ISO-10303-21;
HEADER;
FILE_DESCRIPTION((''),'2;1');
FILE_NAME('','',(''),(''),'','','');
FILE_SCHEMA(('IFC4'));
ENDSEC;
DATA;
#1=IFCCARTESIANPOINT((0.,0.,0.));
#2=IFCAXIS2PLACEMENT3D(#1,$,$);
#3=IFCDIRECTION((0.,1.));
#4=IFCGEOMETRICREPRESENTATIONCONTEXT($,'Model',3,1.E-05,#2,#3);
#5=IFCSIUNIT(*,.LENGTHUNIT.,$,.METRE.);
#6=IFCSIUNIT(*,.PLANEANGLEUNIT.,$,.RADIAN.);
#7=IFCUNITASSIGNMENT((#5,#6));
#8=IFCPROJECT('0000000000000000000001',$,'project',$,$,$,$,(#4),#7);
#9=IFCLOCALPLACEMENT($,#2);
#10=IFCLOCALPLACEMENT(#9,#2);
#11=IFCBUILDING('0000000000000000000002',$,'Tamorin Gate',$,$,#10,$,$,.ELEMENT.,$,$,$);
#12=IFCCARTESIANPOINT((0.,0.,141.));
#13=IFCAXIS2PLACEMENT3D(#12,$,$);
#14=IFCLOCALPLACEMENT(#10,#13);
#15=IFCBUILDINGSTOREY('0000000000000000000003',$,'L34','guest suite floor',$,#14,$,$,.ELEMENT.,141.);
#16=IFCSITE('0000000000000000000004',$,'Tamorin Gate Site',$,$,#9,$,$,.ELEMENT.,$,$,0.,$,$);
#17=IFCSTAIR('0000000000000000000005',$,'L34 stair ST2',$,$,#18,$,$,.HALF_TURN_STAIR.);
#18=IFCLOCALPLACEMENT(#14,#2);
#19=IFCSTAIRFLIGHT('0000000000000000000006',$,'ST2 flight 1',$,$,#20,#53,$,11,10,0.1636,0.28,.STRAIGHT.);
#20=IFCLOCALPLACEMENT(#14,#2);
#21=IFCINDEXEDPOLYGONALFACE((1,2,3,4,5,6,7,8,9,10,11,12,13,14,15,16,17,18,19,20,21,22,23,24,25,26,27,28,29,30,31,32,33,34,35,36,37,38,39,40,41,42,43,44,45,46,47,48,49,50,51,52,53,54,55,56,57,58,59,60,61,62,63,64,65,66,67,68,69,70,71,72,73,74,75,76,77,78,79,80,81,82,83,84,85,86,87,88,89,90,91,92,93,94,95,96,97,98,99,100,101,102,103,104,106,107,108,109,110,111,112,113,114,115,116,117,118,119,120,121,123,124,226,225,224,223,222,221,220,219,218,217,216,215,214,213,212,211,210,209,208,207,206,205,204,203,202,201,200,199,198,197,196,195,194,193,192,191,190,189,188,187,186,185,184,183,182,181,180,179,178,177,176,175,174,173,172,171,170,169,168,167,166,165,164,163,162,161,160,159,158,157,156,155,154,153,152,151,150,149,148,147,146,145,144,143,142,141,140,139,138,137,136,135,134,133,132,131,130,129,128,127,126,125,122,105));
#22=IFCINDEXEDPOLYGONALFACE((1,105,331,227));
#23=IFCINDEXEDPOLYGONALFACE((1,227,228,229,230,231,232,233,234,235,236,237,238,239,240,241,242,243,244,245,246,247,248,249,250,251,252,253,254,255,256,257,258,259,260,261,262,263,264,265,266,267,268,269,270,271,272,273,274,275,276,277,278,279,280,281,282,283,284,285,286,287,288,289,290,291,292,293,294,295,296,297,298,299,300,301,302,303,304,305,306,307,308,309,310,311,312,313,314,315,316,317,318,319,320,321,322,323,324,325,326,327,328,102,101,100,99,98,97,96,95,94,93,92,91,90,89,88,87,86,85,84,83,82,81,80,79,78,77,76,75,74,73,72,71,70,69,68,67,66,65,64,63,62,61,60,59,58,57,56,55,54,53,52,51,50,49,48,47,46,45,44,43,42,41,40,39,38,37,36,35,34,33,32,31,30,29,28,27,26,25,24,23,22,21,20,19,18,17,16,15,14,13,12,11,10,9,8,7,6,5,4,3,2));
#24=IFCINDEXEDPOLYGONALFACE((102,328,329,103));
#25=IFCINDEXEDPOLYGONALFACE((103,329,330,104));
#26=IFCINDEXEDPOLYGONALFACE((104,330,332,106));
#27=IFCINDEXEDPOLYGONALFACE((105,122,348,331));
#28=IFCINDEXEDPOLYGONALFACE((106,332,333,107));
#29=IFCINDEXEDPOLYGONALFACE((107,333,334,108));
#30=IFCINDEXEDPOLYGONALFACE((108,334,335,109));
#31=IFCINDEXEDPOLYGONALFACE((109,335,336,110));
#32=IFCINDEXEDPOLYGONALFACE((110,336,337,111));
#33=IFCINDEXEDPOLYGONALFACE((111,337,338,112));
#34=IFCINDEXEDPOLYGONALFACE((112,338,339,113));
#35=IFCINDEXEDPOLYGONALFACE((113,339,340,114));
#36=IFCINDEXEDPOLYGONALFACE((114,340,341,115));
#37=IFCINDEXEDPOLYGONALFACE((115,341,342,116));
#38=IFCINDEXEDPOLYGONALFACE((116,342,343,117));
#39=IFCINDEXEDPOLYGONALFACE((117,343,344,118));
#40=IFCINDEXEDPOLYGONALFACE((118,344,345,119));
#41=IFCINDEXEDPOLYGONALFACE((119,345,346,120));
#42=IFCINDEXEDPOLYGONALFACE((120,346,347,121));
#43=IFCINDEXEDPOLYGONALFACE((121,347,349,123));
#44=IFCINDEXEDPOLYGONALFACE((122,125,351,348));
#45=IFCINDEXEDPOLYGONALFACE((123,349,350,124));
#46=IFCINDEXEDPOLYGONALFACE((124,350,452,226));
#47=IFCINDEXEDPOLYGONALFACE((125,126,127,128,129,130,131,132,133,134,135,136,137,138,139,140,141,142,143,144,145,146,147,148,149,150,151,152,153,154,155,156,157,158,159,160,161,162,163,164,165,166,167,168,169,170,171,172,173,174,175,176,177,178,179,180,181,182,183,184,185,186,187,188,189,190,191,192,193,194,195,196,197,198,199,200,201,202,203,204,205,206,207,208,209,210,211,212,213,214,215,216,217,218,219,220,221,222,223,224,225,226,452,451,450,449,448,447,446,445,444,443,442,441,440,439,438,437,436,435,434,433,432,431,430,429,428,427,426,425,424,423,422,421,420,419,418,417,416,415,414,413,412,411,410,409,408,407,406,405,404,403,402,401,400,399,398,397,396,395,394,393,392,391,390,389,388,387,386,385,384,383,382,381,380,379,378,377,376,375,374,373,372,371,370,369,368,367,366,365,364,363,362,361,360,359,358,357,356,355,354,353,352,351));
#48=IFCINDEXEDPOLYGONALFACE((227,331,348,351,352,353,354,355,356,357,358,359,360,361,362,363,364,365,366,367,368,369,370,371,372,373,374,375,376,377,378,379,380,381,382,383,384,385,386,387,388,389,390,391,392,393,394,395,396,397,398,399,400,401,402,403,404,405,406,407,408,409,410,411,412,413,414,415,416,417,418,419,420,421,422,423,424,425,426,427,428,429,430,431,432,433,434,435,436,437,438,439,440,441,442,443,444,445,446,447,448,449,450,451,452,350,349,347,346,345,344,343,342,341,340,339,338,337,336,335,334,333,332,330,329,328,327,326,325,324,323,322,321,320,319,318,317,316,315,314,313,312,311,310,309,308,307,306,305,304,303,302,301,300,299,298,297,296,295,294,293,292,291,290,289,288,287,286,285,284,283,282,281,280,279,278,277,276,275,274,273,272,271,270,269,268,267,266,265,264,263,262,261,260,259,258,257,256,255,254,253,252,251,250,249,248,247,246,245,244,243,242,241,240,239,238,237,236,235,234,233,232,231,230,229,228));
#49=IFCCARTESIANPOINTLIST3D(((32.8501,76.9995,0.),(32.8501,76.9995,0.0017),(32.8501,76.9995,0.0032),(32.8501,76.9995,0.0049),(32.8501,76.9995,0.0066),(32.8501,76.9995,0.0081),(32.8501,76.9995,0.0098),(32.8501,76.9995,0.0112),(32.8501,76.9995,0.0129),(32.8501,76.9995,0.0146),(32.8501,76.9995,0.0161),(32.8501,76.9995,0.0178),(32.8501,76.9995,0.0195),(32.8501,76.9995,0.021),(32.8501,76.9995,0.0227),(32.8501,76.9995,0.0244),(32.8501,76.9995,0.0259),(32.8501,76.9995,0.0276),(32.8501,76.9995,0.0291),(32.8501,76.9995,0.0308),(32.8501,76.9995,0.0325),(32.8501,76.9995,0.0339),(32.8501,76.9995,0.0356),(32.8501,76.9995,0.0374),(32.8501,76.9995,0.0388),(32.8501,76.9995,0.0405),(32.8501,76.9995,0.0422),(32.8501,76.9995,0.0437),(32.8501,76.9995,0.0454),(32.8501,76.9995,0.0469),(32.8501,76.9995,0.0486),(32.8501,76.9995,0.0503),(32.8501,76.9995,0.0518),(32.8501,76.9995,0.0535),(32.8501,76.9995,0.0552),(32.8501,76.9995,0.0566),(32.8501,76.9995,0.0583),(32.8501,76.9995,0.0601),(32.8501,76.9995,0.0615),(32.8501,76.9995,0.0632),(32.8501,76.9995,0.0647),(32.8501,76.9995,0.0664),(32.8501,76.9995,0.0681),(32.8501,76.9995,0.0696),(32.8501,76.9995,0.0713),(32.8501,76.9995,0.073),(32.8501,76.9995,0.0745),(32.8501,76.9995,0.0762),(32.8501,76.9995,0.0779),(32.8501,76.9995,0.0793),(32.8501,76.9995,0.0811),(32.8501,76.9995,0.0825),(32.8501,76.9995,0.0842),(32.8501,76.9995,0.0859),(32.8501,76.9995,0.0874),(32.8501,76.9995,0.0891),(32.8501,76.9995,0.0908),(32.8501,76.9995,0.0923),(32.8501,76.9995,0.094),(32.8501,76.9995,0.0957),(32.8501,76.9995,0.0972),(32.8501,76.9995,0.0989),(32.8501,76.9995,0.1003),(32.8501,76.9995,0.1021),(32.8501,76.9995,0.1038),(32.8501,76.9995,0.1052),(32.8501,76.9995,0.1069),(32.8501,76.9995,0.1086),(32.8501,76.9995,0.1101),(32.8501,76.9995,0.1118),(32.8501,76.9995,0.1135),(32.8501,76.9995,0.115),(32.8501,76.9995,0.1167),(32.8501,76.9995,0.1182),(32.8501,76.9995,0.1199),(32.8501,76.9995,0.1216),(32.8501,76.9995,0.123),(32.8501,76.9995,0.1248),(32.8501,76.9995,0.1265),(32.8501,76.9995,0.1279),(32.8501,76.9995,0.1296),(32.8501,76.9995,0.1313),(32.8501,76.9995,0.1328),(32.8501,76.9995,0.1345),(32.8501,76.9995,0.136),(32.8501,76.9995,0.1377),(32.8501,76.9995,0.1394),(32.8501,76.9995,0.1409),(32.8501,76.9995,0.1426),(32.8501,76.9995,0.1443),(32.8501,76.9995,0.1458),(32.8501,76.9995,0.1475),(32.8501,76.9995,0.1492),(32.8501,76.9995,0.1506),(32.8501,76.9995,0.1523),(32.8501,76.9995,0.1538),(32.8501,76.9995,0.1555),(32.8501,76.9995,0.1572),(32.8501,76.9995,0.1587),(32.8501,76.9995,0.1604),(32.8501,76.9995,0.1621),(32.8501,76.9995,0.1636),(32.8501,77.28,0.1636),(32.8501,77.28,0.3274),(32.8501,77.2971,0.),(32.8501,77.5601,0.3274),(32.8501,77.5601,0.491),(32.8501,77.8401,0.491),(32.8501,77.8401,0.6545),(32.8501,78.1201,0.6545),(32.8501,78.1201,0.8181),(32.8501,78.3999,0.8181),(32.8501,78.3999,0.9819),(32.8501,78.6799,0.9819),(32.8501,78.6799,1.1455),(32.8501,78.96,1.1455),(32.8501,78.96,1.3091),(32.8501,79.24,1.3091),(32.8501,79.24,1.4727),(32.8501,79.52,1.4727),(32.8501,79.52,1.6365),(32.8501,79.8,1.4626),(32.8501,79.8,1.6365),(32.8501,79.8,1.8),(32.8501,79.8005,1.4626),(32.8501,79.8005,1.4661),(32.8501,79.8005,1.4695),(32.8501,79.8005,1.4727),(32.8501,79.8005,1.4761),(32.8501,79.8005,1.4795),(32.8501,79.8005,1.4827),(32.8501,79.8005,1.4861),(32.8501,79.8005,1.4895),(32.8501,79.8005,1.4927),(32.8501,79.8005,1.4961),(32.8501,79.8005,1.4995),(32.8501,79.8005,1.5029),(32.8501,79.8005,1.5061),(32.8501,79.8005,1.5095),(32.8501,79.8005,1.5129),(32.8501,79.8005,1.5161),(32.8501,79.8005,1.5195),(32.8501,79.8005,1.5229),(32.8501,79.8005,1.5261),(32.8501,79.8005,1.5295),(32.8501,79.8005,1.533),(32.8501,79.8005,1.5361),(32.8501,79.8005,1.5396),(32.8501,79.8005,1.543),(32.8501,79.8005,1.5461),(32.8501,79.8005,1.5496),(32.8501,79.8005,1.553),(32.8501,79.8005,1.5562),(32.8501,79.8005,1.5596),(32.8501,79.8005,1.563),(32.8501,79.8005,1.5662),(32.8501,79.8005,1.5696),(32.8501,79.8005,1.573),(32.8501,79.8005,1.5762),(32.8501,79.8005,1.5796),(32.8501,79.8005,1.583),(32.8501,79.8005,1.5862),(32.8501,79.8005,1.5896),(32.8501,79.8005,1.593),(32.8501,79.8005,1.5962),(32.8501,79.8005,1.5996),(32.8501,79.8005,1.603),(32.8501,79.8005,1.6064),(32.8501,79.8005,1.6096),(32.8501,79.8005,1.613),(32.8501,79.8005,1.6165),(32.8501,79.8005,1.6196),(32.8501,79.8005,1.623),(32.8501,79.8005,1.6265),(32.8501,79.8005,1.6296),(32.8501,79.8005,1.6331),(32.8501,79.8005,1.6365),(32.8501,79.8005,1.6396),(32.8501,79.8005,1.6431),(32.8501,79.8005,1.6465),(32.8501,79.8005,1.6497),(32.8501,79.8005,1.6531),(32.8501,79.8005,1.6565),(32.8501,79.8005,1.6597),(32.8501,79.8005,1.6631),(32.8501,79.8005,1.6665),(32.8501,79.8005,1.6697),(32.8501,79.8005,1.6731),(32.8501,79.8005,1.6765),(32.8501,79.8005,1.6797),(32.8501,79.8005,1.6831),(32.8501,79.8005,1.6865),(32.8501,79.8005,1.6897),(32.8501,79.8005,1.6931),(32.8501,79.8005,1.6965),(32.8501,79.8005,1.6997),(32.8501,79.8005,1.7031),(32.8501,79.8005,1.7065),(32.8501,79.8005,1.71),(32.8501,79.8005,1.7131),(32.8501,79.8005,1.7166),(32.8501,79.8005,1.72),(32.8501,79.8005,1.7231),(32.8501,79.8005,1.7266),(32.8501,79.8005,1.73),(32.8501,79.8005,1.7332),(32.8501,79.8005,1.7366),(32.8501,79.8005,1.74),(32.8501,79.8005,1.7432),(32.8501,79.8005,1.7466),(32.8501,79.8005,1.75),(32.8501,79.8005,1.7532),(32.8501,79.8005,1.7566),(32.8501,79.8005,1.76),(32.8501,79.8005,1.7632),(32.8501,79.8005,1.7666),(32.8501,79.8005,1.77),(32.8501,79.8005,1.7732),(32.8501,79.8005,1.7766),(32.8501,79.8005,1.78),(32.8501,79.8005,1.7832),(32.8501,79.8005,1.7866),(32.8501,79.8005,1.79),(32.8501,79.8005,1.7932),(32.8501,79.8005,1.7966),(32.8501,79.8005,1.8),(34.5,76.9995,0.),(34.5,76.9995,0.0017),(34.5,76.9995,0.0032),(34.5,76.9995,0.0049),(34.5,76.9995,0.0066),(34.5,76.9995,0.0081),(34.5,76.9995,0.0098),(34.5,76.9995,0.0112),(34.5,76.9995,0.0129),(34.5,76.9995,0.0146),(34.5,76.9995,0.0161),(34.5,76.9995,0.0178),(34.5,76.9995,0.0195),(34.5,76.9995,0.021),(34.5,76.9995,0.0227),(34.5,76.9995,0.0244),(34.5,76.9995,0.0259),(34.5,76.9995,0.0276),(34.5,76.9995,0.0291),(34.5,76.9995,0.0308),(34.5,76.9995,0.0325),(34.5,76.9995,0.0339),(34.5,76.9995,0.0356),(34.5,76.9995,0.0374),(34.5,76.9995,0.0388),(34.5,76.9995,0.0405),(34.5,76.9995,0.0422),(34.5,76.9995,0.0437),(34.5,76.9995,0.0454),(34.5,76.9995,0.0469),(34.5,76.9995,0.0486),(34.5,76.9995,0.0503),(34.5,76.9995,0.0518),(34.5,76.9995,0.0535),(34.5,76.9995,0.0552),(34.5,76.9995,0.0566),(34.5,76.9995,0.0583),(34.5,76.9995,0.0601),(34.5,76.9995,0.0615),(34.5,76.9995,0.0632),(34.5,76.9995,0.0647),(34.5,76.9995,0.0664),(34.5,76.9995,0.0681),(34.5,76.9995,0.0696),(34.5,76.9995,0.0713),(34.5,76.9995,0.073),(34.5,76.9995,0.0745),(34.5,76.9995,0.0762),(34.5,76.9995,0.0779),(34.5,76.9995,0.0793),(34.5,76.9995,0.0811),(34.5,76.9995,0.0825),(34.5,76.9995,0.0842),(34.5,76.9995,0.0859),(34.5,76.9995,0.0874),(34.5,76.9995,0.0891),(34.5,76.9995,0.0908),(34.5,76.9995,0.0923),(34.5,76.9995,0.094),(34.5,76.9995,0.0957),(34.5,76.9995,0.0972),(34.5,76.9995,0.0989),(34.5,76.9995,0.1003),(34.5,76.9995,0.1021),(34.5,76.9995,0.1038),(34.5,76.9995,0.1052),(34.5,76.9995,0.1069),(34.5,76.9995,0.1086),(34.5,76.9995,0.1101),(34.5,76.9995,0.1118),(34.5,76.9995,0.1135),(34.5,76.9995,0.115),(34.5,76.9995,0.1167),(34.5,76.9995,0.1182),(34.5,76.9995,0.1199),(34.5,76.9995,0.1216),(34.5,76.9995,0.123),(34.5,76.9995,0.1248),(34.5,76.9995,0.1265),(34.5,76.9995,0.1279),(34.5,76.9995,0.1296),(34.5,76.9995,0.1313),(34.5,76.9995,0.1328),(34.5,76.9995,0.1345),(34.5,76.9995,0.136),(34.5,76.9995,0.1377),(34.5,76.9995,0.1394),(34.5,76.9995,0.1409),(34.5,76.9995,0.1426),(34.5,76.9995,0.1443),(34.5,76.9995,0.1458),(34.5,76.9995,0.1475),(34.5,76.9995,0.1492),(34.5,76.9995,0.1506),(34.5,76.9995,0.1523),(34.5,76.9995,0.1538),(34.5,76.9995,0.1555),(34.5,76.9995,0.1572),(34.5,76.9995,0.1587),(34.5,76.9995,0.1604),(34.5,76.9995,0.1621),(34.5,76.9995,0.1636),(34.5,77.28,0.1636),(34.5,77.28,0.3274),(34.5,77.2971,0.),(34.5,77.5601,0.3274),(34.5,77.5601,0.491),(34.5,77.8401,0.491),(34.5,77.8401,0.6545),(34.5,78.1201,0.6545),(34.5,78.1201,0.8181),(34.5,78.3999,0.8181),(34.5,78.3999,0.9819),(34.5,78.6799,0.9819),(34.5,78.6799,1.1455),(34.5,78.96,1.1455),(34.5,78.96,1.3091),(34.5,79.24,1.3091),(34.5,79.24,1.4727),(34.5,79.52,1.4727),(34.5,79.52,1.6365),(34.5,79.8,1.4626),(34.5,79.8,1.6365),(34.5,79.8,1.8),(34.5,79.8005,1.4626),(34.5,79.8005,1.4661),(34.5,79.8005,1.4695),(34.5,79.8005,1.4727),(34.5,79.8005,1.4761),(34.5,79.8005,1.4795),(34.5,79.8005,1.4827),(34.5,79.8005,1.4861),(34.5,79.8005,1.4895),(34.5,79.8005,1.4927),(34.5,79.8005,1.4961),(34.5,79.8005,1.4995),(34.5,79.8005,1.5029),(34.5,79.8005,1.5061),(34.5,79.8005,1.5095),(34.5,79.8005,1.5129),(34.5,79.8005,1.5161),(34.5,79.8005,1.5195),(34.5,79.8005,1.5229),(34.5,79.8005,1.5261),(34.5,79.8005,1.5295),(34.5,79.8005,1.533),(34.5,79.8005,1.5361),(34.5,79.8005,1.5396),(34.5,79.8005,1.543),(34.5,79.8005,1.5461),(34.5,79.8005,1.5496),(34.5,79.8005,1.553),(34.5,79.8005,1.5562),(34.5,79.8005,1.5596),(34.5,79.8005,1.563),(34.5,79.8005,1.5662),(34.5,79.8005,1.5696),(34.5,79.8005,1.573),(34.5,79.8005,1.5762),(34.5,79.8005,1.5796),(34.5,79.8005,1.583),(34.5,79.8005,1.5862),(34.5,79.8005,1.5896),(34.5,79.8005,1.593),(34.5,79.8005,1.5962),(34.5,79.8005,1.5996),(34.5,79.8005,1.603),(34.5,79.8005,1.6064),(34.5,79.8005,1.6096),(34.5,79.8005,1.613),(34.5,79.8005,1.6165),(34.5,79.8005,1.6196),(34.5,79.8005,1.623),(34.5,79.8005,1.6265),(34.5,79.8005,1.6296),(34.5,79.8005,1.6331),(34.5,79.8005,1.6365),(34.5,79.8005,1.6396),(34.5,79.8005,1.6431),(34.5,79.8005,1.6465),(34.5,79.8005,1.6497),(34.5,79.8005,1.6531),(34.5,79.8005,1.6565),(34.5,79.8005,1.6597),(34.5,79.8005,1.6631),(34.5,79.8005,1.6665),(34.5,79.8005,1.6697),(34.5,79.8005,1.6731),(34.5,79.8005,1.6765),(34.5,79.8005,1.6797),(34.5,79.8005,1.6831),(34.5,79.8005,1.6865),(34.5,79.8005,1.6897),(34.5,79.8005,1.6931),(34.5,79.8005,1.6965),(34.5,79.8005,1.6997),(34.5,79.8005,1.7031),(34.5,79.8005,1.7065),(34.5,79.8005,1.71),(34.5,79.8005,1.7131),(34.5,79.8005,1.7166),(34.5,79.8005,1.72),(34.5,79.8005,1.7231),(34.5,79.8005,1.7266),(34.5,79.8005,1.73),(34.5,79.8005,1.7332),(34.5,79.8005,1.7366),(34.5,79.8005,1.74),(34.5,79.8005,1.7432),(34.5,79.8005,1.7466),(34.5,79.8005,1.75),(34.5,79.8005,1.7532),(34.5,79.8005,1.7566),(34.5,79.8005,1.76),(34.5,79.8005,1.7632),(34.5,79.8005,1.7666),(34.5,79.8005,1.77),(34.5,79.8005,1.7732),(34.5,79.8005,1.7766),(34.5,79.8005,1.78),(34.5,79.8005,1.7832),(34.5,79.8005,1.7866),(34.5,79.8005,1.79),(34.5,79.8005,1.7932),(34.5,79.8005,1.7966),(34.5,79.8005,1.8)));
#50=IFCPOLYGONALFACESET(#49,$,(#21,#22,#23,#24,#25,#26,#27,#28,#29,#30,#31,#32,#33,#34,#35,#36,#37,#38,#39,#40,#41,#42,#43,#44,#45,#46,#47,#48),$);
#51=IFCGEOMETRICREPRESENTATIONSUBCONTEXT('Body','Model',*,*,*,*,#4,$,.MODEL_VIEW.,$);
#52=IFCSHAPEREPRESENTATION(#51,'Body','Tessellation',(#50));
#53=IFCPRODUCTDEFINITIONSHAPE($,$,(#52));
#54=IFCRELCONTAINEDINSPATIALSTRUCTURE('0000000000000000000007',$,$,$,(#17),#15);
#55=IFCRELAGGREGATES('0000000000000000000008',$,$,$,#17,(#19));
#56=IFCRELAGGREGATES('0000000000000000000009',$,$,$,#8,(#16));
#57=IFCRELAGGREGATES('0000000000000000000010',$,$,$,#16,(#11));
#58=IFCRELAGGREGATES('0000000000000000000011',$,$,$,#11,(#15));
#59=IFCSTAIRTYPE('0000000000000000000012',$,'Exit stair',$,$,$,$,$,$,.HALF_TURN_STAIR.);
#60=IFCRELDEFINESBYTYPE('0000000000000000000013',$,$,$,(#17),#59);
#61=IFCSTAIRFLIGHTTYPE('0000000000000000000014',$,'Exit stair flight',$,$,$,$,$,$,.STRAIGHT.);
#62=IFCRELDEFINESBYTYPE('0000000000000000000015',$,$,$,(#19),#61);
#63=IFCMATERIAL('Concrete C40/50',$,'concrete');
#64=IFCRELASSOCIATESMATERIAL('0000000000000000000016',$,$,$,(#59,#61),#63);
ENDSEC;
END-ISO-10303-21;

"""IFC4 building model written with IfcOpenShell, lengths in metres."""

from ifc_helpers import new_model, si_unit, direction, frame, origin, place, context, subcontext, project, spatial, polyline, outline, extrude, material, type_object, element, aggregate, save


model = new_model("IFC4")

# Units and contexts
model_context = context("Model", 3, precision=1e-05, world=origin(), true_north=direction((0.0, 1.0)))
body_context = subcontext(model_context, "Body", "Model", "MODEL_VIEW")
ifc_project = project(units=[si_unit("LENGTHUNIT", "METRE"), si_unit("PLANEANGLEUNIT", "RADIAN")], contexts=[model_context])

# Site, building, storey
site_placement = place(None, origin())
site = spatial("IfcSite", under=ifc_project, at=site_placement, Name="Tamorin Gate Site", CompositionType="ELEMENT", RefElevation=0.0)
building_placement = place(site_placement, origin())
building = spatial("IfcBuilding", under=site, at=building_placement, Name="Tamorin Gate", CompositionType="ELEMENT")
storey_placement = place(building_placement, frame((0.0, 0.0, 141.0)))
storey = spatial("IfcBuildingStorey", under=building, at=storey_placement, Name="L34", Description="guest suite floor", CompositionType="ELEMENT", Elevation=141.0)

# Shared definitions
ifc_material_1 = material(Name="Concrete C40/50", Category="concrete")

# Stair, stair flight
stair_type = type_object("IfcStairType", Name="Exit stair", PredefinedType="HALF_TURN_STAIR", material=ifc_material_1)
stair_flight_type = type_object("IfcStairFlightType", Name="Exit stair flight", PredefinedType="STRAIGHT", material=ifc_material_1)
stair_1_placement = place(storey_placement, origin())
stair_1 = element("IfcStair", 1, at=stair_1_placement, inside=storey, type_object=stair_type, Name="L34 stair ST2", PredefinedType="HALF_TURN_STAIR")
stair_flight_1_placement = place(storey_placement, frame((33.675, 77.0, 0.0), z_axis=(0.0, 0.0, 1.0), x_axis=(0.0, 1.0, 0.0)))
stair_flight_1 = element("IfcStairFlight", 2, at=stair_flight_1_placement, type_object=stair_flight_type, Name="ST2 flight 1", NumberOfRisers=11, NumberOfTreads=10, PredefinedType="STRAIGHT", RiserHeight=0.1636, TreadLength=0.28, context=body_context, shape_type="SweptSolid", body=[
    extrude(outline(polyline([(-0.0005, 0.0), (-0.0005, 0.0017), (-0.0005, 0.0032), (-0.0005, 0.0049), (-0.0005, 0.0066), (-0.0005, 0.0081), (-0.0005, 0.0098), (-0.0005, 0.0112), (-0.0005, 0.0129), (-0.0005, 0.0146), (-0.0005, 0.0161), (-0.0005, 0.0178), (-0.0005, 0.0195), (-0.0005, 0.021), (-0.0005, 0.0227), (-0.0005, 0.0244), (-0.0005, 0.0259), (-0.0005, 0.0276), (-0.0005, 0.0291), (-0.0005, 0.0308), (-0.0005, 0.0325), (-0.0005, 0.0339), (-0.0005, 0.0356), (-0.0005, 0.0374), (-0.0005, 0.0388), (-0.0005, 0.0405), (-0.0005, 0.0422), (-0.0005, 0.0437), (-0.0005, 0.0454), (-0.0005, 0.0469), (-0.0005, 0.0486), (-0.0005, 0.0503), (-0.0005, 0.0518), (-0.0005, 0.0535), (-0.0005, 0.0552), (-0.0005, 0.0566), (-0.0005, 0.0583), (-0.0005, 0.0601), (-0.0005, 0.0615), (-0.0005, 0.0632), (-0.0005, 0.0647), (-0.0005, 0.0664), (-0.0005, 0.0681), (-0.0005, 0.0696), (-0.0005, 0.0713), (-0.0005, 0.073), (-0.0005, 0.0745), (-0.0005, 0.0762), (-0.0005, 0.0779), (-0.0005, 0.0793), (-0.0005, 0.0811), (-0.0005, 0.0825), (-0.0005, 0.0842), (-0.0005, 0.0859), (-0.0005, 0.0874), (-0.0005, 0.0891), (-0.0005, 0.0908), (-0.0005, 0.0923), (-0.0005, 0.094), (-0.0005, 0.0957), (-0.0005, 0.0972), (-0.0005, 0.0989), (-0.0005, 0.1003), (-0.0005, 0.1021), (-0.0005, 0.1038), (-0.0005, 0.1052), (-0.0005, 0.1069), (-0.0005, 0.1086), (-0.0005, 0.1101), (-0.0005, 0.1118), (-0.0005, 0.1135), (-0.0005, 0.115), (-0.0005, 0.1167), (-0.0005, 0.1182), (-0.0005, 0.1199), (-0.0005, 0.1216), (-0.0005, 0.123), (-0.0005, 0.1248), (-0.0005, 0.1265), (-0.0005, 0.1279), (-0.0005, 0.1296), (-0.0005, 0.1313), (-0.0005, 0.1328), (-0.0005, 0.1345), (-0.0005, 0.136), (-0.0005, 0.1377), (-0.0005, 0.1394), (-0.0005, 0.1409), (-0.0005, 0.1426), (-0.0005, 0.1443), (-0.0005, 0.1458), (-0.0005, 0.1475), (-0.0005, 0.1492), (-0.0005, 0.1506), (-0.0005, 0.1523), (-0.0005, 0.1538), (-0.0005, 0.1555), (-0.0005, 0.1572), (-0.0005, 0.1587), (-0.0005, 0.1604), (-0.0005, 0.1621), (-0.0005, 0.1636), (0.28, 0.1636), (0.28, 0.3274), (0.5601, 0.3274), (0.5601, 0.491), (0.8401, 0.491), (0.8401, 0.6545), (1.1201, 0.6545), (1.1201, 0.8181), (1.3999, 0.8181), (1.3999, 0.9819), (1.6799, 0.9819), (1.6799, 1.1455), (1.96, 1.1455), (1.96, 1.3091), (2.24, 1.3091), (2.24, 1.4727), (2.52, 1.4727), (2.52, 1.6365), (2.8, 1.6365), (2.8, 1.8), (2.8005, 1.8), (2.8005, 1.7966), (2.8005, 1.7932), (2.8005, 1.79), (2.8005, 1.7866), (2.8005, 1.7832), (2.8005, 1.78), (2.8005, 1.7766), (2.8005, 1.7732), (2.8005, 1.77), (2.8005, 1.7666), (2.8005, 1.7632), (2.8005, 1.76), (2.8005, 1.7566), (2.8005, 1.7532), (2.8005, 1.75), (2.8005, 1.7466), (2.8005, 1.7432), (2.8005, 1.74), (2.8005, 1.7366), (2.8005, 1.7332), (2.8005, 1.73), (2.8005, 1.7266), (2.8005, 1.7231), (2.8005, 1.72), (2.8005, 1.7166), (2.8005, 1.7131), (2.8005, 1.71), (2.8005, 1.7065), (2.8005, 1.7031), (2.8005, 1.6997), (2.8005, 1.6965), (2.8005, 1.6931), (2.8005, 1.6897), (2.8005, 1.6865), (2.8005, 1.6831), (2.8005, 1.6797), (2.8005, 1.6765), (2.8005, 1.6731), (2.8005, 1.6697), (2.8005, 1.6665), (2.8005, 1.6631), (2.8005, 1.6597), (2.8005, 1.6565), (2.8005, 1.6531), (2.8005, 1.6497), (2.8005, 1.6465), (2.8005, 1.6431), (2.8005, 1.6396), (2.8005, 1.6365), (2.8005, 1.6331), (2.8005, 1.6296), (2.8005, 1.6265), (2.8005, 1.623), (2.8005, 1.6196), (2.8005, 1.6165), (2.8005, 1.613), (2.8005, 1.6096), (2.8005, 1.6064), (2.8005, 1.603), (2.8005, 1.5996), (2.8005, 1.5962), (2.8005, 1.593), (2.8005, 1.5896), (2.8005, 1.5862), (2.8005, 1.583), (2.8005, 1.5796), (2.8005, 1.5762), (2.8005, 1.573), (2.8005, 1.5696), (2.8005, 1.5662), (2.8005, 1.563), (2.8005, 1.5596), (2.8005, 1.5562), (2.8005, 1.553), (2.8005, 1.5496), (2.8005, 1.5461), (2.8005, 1.543), (2.8005, 1.5396), (2.8005, 1.5361), (2.8005, 1.533), (2.8005, 1.5295), (2.8005, 1.5261), (2.8005, 1.5229), (2.8005, 1.5195), (2.8005, 1.5161), (2.8005, 1.5129), (2.8005, 1.5095), (2.8005, 1.5061), (2.8005, 1.5029), (2.8005, 1.4995), (2.8005, 1.4961), (2.8005, 1.4927), (2.8005, 1.4895), (2.8005, 1.4861), (2.8005, 1.4827), (2.8005, 1.4795), (2.8005, 1.4761), (2.8005, 1.4727), (2.8005, 1.4695), (2.8005, 1.4661), (2.8005, 1.4626), (2.8, 1.4626), (0.2971, 0.0), (-0.0005, 0.0)])), frame((0.0, 0.825, 0.0), z_axis=(0.0, -1.0, 0.0), x_axis=(1.0, 0.0, 0.0)), (0.0, 0.0, 1.0), 1.6499),
])
aggregate(stair_1, [stair_flight_1])

save(model, "model.ifc")
